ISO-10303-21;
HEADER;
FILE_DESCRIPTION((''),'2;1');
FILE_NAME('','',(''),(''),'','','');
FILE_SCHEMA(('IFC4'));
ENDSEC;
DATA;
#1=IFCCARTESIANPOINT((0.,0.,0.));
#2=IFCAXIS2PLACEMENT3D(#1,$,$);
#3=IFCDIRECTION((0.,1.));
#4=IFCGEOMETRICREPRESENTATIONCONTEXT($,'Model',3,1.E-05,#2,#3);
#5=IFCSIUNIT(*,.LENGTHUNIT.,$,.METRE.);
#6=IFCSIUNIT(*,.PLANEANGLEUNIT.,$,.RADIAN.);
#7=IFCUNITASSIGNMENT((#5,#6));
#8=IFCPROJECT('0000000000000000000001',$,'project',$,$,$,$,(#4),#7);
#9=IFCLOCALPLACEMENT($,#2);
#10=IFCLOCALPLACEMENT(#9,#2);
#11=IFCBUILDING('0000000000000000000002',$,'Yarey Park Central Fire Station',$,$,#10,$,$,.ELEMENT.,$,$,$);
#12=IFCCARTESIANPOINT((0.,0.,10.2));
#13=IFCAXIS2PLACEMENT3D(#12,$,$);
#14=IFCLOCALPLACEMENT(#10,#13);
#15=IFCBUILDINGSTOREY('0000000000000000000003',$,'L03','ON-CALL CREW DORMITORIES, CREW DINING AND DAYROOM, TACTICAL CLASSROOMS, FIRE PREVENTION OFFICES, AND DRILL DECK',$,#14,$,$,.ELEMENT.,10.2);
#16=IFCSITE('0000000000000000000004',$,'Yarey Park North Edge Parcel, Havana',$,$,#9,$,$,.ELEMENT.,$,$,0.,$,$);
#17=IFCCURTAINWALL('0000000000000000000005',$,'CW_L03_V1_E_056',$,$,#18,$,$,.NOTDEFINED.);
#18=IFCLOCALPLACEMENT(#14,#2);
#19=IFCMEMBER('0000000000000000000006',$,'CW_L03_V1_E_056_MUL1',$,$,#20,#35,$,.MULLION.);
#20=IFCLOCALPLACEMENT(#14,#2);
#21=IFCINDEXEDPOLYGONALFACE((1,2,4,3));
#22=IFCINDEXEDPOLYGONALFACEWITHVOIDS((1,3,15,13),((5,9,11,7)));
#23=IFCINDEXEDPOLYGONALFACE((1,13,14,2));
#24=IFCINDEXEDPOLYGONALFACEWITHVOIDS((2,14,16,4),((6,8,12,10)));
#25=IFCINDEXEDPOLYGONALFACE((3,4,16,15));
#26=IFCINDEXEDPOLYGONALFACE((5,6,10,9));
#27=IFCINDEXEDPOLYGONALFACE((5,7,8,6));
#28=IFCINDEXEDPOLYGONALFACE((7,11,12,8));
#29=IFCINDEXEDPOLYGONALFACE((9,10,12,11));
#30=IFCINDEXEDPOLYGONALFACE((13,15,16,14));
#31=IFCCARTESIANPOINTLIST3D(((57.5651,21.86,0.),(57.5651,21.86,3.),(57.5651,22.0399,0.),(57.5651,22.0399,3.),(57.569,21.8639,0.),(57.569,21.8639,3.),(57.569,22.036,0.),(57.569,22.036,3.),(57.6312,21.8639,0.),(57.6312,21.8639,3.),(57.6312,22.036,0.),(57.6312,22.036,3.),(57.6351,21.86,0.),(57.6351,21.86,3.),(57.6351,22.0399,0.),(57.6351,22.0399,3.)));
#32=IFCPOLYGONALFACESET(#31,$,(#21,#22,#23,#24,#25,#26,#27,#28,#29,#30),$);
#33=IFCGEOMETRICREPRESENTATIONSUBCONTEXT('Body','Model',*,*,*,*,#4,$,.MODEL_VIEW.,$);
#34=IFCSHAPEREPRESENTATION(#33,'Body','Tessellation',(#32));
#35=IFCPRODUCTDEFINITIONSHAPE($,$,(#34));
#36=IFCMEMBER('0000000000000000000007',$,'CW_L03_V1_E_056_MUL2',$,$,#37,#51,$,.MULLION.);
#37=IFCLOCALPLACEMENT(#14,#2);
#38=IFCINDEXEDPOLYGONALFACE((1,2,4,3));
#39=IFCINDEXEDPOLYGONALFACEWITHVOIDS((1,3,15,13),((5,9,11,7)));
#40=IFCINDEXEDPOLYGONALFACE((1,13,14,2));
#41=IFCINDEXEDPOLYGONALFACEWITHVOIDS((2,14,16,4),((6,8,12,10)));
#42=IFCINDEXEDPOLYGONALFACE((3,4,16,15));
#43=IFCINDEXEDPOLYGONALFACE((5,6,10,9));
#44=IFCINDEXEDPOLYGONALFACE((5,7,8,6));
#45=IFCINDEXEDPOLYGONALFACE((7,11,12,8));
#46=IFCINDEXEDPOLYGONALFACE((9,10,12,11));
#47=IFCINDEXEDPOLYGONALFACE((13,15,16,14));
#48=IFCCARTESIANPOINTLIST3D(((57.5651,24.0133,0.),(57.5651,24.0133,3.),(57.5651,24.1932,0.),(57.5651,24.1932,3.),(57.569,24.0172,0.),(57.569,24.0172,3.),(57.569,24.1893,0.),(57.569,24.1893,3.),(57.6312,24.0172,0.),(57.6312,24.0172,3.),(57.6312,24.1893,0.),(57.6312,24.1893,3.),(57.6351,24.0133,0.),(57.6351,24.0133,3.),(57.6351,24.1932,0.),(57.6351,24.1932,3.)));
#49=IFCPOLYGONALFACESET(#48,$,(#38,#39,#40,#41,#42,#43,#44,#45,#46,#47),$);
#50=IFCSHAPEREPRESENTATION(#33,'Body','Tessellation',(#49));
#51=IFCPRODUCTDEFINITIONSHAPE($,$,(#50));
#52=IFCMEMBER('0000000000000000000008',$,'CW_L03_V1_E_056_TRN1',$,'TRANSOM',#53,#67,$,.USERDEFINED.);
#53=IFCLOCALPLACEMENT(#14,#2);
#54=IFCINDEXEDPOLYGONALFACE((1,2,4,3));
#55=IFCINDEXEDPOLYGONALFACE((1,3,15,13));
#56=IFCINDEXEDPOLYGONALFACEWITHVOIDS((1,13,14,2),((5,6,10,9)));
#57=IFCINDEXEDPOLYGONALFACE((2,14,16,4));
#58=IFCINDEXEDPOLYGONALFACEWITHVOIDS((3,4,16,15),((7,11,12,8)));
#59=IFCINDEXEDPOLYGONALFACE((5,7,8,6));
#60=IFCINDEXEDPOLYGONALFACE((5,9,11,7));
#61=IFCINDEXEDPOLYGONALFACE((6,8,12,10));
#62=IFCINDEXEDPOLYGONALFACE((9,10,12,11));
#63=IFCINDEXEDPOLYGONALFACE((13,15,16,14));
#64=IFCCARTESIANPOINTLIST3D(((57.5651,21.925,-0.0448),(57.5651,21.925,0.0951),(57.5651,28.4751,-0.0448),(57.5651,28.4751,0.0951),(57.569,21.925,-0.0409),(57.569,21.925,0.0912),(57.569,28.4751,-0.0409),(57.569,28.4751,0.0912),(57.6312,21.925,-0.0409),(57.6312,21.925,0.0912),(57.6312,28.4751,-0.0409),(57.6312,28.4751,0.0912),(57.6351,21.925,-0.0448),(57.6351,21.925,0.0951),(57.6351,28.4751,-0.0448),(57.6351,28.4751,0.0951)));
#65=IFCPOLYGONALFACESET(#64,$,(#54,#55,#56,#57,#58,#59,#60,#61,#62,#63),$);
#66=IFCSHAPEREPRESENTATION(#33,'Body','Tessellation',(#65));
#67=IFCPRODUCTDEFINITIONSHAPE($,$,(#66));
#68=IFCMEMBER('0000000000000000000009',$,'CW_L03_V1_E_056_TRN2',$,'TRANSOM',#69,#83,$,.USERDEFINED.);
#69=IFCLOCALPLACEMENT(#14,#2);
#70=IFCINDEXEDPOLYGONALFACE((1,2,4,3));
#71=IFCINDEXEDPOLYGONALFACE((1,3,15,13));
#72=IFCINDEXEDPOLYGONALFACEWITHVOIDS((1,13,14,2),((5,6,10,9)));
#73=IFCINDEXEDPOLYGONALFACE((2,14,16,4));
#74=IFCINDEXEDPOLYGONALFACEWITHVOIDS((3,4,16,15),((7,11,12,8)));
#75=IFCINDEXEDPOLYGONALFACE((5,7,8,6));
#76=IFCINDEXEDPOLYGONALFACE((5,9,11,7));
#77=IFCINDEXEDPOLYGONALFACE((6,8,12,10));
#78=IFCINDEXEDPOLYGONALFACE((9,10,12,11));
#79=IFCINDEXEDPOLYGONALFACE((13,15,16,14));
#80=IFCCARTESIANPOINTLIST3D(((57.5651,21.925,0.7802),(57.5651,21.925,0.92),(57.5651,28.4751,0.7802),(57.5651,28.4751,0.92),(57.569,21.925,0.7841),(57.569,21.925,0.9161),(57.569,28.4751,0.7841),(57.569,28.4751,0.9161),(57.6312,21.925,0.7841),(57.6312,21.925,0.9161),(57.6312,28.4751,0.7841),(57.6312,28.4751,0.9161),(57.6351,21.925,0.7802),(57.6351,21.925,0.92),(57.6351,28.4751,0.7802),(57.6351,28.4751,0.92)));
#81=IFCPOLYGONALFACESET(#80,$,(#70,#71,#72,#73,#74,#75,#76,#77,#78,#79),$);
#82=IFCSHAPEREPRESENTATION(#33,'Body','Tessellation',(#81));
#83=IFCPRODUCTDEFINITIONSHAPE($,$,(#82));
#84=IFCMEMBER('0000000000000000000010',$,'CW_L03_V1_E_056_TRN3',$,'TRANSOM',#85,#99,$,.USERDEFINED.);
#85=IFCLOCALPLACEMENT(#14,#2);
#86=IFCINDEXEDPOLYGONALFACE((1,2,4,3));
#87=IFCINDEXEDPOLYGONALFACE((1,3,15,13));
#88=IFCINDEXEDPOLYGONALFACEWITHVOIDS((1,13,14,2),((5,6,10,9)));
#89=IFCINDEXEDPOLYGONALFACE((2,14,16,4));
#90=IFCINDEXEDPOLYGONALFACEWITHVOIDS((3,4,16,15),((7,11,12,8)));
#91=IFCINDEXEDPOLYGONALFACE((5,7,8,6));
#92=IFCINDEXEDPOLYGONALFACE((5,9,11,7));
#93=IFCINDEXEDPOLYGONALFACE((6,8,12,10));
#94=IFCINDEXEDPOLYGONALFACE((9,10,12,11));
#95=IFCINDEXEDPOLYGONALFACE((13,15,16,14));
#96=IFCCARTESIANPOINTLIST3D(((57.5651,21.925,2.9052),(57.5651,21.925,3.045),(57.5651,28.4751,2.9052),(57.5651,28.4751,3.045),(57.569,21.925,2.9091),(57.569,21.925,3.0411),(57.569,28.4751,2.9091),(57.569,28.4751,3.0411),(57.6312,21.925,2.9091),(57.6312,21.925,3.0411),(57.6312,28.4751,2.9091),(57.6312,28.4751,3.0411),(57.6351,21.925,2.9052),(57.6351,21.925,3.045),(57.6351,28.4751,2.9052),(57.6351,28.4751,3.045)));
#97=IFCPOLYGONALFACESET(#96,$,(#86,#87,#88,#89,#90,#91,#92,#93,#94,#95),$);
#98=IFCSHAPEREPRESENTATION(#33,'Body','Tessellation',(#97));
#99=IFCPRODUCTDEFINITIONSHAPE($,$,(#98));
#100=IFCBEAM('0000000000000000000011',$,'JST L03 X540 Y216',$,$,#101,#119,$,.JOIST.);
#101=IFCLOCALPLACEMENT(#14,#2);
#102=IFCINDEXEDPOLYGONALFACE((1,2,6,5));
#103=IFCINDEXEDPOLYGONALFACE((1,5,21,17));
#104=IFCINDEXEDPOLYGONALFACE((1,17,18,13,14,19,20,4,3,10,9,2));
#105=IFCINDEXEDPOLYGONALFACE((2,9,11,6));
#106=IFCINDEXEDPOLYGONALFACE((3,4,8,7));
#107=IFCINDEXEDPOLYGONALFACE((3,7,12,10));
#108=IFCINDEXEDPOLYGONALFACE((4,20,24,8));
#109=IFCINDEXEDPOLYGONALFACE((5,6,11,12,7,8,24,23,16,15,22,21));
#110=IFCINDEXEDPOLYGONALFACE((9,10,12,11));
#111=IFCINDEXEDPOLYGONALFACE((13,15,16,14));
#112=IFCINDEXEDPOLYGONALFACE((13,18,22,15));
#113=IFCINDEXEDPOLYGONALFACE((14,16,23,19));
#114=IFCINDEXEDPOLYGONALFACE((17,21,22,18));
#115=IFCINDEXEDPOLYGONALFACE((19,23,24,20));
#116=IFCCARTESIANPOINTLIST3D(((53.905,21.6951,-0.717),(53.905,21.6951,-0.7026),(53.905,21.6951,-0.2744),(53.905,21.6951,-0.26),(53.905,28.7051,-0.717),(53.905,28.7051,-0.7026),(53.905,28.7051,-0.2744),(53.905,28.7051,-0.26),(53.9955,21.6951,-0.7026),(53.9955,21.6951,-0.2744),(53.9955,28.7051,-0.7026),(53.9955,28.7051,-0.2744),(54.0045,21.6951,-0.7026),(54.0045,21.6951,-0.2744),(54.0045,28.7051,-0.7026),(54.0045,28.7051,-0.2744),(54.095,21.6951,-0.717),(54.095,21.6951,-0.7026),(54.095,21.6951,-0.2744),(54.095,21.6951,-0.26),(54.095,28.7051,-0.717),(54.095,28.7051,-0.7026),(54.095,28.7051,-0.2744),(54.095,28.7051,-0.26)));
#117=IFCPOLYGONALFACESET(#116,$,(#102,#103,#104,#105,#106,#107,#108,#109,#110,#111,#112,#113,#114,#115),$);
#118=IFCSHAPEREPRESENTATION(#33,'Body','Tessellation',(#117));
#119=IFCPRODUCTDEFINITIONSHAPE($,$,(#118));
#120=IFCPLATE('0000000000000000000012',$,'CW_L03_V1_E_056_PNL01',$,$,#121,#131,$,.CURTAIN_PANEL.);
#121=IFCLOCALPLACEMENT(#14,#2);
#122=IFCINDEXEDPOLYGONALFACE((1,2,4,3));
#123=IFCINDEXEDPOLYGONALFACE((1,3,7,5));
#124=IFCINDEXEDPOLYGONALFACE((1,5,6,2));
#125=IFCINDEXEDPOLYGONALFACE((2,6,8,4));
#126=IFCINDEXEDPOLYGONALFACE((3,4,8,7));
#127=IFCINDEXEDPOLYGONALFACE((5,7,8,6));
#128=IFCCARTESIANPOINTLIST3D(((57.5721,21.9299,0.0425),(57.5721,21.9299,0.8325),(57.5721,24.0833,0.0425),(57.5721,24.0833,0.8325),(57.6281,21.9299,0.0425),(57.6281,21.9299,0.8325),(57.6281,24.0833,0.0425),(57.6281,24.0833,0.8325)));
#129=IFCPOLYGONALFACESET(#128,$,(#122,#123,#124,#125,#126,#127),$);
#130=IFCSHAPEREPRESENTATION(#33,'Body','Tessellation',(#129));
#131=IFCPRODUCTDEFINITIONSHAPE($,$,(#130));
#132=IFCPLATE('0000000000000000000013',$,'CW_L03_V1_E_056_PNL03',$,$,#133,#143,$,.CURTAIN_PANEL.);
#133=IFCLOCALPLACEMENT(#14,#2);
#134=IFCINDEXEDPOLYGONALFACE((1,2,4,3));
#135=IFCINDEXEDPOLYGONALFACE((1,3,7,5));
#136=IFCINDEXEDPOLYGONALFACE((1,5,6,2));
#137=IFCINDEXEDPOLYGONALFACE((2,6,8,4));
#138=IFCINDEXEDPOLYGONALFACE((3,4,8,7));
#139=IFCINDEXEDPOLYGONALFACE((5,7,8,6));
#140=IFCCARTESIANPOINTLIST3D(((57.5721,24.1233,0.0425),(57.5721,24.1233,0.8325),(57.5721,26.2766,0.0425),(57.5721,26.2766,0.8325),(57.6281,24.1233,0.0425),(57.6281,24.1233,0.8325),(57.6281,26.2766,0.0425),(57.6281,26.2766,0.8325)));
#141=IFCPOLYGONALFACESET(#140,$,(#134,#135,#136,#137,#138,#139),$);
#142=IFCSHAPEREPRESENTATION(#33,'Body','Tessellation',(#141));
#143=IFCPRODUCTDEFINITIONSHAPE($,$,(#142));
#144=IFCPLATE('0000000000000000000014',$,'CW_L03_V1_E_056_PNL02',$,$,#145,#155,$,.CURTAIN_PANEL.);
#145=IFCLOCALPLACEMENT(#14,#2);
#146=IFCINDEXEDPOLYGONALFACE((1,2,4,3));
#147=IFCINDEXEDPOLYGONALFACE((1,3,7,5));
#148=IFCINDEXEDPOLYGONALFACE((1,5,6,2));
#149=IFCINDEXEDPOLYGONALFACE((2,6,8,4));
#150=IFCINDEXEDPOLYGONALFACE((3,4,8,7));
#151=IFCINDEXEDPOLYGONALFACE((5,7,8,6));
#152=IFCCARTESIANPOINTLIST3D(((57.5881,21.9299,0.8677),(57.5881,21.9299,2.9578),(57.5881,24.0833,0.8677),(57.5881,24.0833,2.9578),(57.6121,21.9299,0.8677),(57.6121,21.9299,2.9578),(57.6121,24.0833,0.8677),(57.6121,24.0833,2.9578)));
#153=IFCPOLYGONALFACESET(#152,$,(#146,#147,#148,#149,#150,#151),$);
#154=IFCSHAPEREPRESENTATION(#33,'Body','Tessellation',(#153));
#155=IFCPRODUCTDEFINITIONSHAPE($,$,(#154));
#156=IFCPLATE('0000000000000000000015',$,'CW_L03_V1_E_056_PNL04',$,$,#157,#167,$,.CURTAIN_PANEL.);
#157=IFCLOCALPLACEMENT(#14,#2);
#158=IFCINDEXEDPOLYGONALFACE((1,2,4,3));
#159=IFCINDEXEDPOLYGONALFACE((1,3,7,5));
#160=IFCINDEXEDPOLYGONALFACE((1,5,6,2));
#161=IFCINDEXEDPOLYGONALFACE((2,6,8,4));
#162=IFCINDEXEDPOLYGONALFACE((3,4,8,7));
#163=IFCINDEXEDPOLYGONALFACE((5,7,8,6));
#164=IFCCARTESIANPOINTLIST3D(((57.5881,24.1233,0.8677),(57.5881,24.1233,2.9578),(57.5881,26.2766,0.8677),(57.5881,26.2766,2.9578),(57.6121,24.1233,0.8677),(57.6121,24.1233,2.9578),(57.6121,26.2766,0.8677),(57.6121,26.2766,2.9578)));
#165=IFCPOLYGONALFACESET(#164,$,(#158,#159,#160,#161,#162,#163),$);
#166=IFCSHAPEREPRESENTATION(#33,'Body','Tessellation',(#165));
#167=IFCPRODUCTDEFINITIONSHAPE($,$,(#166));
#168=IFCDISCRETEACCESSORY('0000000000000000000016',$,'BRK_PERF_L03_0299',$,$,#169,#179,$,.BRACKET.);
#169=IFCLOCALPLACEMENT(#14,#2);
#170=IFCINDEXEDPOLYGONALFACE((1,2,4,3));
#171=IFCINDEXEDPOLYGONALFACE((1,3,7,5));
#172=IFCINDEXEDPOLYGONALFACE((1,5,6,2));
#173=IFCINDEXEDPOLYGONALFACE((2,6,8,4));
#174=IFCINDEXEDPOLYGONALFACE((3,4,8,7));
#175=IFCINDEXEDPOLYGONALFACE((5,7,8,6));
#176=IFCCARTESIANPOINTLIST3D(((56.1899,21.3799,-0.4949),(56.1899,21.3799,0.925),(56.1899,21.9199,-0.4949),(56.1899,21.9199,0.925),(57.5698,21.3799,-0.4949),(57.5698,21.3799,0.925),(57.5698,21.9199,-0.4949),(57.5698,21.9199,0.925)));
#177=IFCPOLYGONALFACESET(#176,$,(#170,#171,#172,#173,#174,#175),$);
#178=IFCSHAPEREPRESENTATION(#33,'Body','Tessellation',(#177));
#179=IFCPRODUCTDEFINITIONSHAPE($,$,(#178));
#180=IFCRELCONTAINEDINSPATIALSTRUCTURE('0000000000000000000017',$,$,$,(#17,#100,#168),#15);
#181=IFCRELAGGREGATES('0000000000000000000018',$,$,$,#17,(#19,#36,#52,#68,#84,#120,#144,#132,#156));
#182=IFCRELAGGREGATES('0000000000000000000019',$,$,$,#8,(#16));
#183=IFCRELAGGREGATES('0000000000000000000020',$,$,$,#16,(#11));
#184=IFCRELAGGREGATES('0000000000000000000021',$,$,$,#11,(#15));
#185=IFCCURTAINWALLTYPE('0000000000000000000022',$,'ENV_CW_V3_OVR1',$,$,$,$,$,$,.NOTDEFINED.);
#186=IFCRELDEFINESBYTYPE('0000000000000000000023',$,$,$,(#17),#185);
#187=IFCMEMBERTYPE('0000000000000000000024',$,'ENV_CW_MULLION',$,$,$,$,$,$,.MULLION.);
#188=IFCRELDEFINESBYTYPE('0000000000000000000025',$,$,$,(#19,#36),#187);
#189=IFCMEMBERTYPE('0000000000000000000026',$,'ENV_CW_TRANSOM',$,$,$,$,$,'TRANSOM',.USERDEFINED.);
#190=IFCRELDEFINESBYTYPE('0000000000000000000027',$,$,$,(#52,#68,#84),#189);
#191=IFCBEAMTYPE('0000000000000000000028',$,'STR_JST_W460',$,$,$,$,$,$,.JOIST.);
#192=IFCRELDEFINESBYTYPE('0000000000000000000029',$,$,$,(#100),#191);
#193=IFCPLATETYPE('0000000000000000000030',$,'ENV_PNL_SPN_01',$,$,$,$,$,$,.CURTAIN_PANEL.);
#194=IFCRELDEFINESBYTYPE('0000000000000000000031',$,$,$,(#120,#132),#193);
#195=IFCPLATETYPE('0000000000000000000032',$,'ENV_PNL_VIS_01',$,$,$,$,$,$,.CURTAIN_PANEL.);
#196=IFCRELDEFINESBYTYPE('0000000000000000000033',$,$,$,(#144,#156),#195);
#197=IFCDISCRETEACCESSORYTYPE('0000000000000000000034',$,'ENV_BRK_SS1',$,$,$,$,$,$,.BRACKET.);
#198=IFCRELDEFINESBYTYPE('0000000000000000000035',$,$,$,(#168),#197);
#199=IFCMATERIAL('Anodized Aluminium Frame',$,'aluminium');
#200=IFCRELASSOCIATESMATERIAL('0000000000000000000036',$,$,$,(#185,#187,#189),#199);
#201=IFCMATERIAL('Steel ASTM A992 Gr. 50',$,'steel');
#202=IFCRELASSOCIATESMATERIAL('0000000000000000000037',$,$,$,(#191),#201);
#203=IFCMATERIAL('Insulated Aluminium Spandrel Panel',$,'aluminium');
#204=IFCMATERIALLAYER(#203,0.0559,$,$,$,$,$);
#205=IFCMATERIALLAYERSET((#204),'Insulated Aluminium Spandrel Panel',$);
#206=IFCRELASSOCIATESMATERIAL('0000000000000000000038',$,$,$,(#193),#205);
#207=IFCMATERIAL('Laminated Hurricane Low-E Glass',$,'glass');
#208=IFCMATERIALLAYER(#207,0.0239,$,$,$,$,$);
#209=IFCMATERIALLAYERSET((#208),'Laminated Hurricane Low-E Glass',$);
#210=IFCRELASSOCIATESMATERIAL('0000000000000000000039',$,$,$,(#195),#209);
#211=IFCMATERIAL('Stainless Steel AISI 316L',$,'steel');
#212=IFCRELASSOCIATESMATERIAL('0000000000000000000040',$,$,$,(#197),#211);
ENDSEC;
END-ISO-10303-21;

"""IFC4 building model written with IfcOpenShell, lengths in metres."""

from ifc_helpers import new_model, si_unit, direction, frame, origin, origin_2d, place, context, subcontext, project, spatial, rectangle, hollow_rectangle, i_section, extrude, material, layer, layer_set, material_profile, profile_set, type_object, element, aggregate, save


model = new_model("IFC4")

# Units and contexts
model_context = context("Model", 3, precision=1e-05, world=origin(), true_north=direction((0.0, 1.0)))
body_context = subcontext(model_context, "Body", "Model", "MODEL_VIEW")
ifc_project = project(units=[si_unit("LENGTHUNIT", "METRE"), si_unit("PLANEANGLEUNIT", "RADIAN")], contexts=[model_context])

# Site, building, storey
site_placement = place(None, origin())
site = spatial("IfcSite", under=ifc_project, at=site_placement, Name="Yarey Park North Edge Parcel, Havana", CompositionType="ELEMENT", RefElevation=0.0)
building_placement = place(site_placement, origin())
building = spatial("IfcBuilding", under=site, at=building_placement, Name="Yarey Park Central Fire Station", CompositionType="ELEMENT")
storey_placement = place(building_placement, frame((0.0, 0.0, 10.2)))
storey = spatial("IfcBuildingStorey", under=building, at=storey_placement, Name="L03", Description="ON-CALL CREW DORMITORIES, CREW DINING AND DAYROOM, TACTICAL CLASSROOMS, FIRE PREVENTION OFFICES, AND DRILL DECK", CompositionType="ELEMENT", Elevation=10.2)

# Curtain wall, members
ifc_material_1 = material(Name="Anodized Aluminium Frame", Category="aluminium")
curtain_wall_type = type_object("IfcCurtainWallType", Name="ENV_CW_V3_OVR1", PredefinedType="NOTDEFINED", material=ifc_material_1)
curtain_wall_placement = place(storey_placement, origin())
curtain_wall = element("IfcCurtainWall", 1, at=curtain_wall_placement, inside=storey, type_object=curtain_wall_type, Name="CW_L03_V1_E_056", PredefinedType="NOTDEFINED")
ifc_material_profile_1 = material_profile(ifc_material_1, hollow_rectangle(XDim=0.0701, YDim=0.1799, WallThickness=0.0039, at=origin_2d()), Name="ALU 180x70x4")
ifc_profile_set_1 = profile_set([ifc_material_profile_1], Name="Anodized Aluminium Frame")
member_type_1 = type_object("IfcMemberType", Name="ENV_CW_MULLION", PredefinedType="MULLION", material=ifc_profile_set_1)
member_1_placement = place(storey_placement, frame((57.6001, 21.95, 0.0), z_axis=(0.0, 0.0, 1.0), x_axis=(1.0, 0.0, 0.0)))
member_1 = element("IfcMember", 2, at=member_1_placement, type_object=member_type_1, Name="CW_L03_V1_E_056_MUL1", PredefinedType="MULLION", context=body_context, shape_type="SweptSolid", body=[
    extrude(hollow_rectangle(XDim=0.0701, YDim=0.1799, WallThickness=0.0039, at=origin_2d()), origin(), (0.0, 0.0, 1.0), 3.0),
])
member_2_placement = place(storey_placement, frame((57.6001, 24.1033, 0.0), z_axis=(0.0, 0.0, 1.0), x_axis=(1.0, 0.0, 0.0)))
member_2 = element("IfcMember", 3, at=member_2_placement, type_object=member_type_1, Name="CW_L03_V1_E_056_MUL2", PredefinedType="MULLION", context=body_context, shape_type="SweptSolid", body=[
    extrude(hollow_rectangle(XDim=0.0701, YDim=0.1799, WallThickness=0.0039, at=origin_2d()), origin(), (0.0, 0.0, 1.0), 3.0),
])
ifc_material_profile_2 = material_profile(ifc_material_1, hollow_rectangle(XDim=0.0701, YDim=0.1399, WallThickness=0.0039, at=origin_2d()), Name="ALU 140x70x4")
ifc_profile_set_2 = profile_set([ifc_material_profile_2], Name="Anodized Aluminium Frame")
member_type_2 = type_object("IfcMemberType", Name="ENV_CW_TRANSOM", ElementType="TRANSOM", PredefinedType="USERDEFINED", material=ifc_profile_set_2)
member_3_placement = place(storey_placement, frame((57.6001, 21.925, 0.0251), z_axis=(0.0, 1.0, 0.0), x_axis=(-1.0, 0.0, 0.0)))
member_3 = element("IfcMember", 4, at=member_3_placement, type_object=member_type_2, Name="CW_L03_V1_E_056_TRN1", ObjectType="TRANSOM", PredefinedType="USERDEFINED", context=body_context, shape_type="SweptSolid", body=[
    extrude(hollow_rectangle(XDim=0.0701, YDim=0.1399, WallThickness=0.0039, at=origin_2d()), origin(), (0.0, 0.0, 1.0), 6.55),
])
member_4_placement = place(storey_placement, frame((57.6001, 21.925, 0.8501), z_axis=(0.0, 1.0, 0.0), x_axis=(-1.0, 0.0, 0.0)))
member_4 = element("IfcMember", 5, at=member_4_placement, type_object=member_type_2, Name="CW_L03_V1_E_056_TRN2", ObjectType="TRANSOM", PredefinedType="USERDEFINED", context=body_context, shape_type="SweptSolid", body=[
    extrude(hollow_rectangle(XDim=0.0701, YDim=0.1399, WallThickness=0.0039, at=origin_2d()), origin(), (0.0, 0.0, 1.0), 6.55),
])
member_5_placement = place(storey_placement, frame((57.6001, 21.925, 2.9751), z_axis=(0.0, 1.0, 0.0), x_axis=(-1.0, 0.0, 0.0)))
member_5 = element("IfcMember", 6, at=member_5_placement, type_object=member_type_2, Name="CW_L03_V1_E_056_TRN3", ObjectType="TRANSOM", PredefinedType="USERDEFINED", context=body_context, shape_type="SweptSolid", body=[
    extrude(hollow_rectangle(XDim=0.0701, YDim=0.1399, WallThickness=0.0039, at=origin_2d()), origin(), (0.0, 0.0, 1.0), 6.55),
])

# Beam
ifc_material_2 = material(Name="Steel ASTM A992 Gr. 50", Category="steel")
ifc_material_profile_3 = material_profile(ifc_material_2, i_section(OverallWidth=0.1899, OverallDepth=0.457, WebThickness=0.009, FlangeThickness=0.0144, at=origin_2d()), Name="W460x74")
ifc_profile_set_3 = profile_set([ifc_material_profile_3], Name="Steel ASTM A992 Gr. 50")
beam_type = type_object("IfcBeamType", Name="STR_JST_W460", PredefinedType="JOIST", material=ifc_profile_set_3)
beam_placement = place(storey_placement, frame((54.0, 21.6951, -0.4885), z_axis=(0.0, 1.0, 0.0), x_axis=(-1.0, 0.0, 0.0)))
element("IfcBeam", 7, at=beam_placement, inside=storey, type_object=beam_type, Name="JST L03 X540 Y216", PredefinedType="JOIST", context=body_context, shape_type="SweptSolid", body=[
    extrude(i_section(OverallWidth=0.1899, OverallDepth=0.457, WebThickness=0.009, FlangeThickness=0.0144, at=origin_2d()), origin(), (0.0, 0.0, 1.0), 7.01),
])

# Plates
ifc_material_3 = material(Name="Insulated Aluminium Spandrel Panel", Category="aluminium")
ifc_layer_1 = layer(ifc_material_3, 0.0559)
ifc_layer_set_1 = layer_set([ifc_layer_1], Name="Insulated Aluminium Spandrel Panel")
plate_type_1 = type_object("IfcPlateType", Name="ENV_PNL_SPN_01", PredefinedType="CURTAIN_PANEL", material=ifc_layer_set_1)
plate_1_placement = place(storey_placement, frame((57.6001, 23.0066, 0.0425), z_axis=(0.0, 0.0, 1.0), x_axis=(0.0, 1.0, 0.0)))
plate_1 = element("IfcPlate", 8, at=plate_1_placement, type_object=plate_type_1, Name="CW_L03_V1_E_056_PNL01", PredefinedType="CURTAIN_PANEL", context=body_context, shape_type="SweptSolid", body=[
    extrude(rectangle(XDim=2.1533, YDim=0.0559, at=origin_2d()), origin(), (0.0, 0.0, 1.0), 0.79),
])
plate_2_placement = place(storey_placement, frame((57.6001, 25.2, 0.0425), z_axis=(0.0, 0.0, 1.0), x_axis=(0.0, 1.0, 0.0)))
plate_2 = element("IfcPlate", 9, at=plate_2_placement, type_object=plate_type_1, Name="CW_L03_V1_E_056_PNL03", PredefinedType="CURTAIN_PANEL", context=body_context, shape_type="SweptSolid", body=[
    extrude(rectangle(XDim=2.1533, YDim=0.0559, at=origin_2d()), origin(), (0.0, 0.0, 1.0), 0.79),
])
ifc_material_4 = material(Name="Laminated Hurricane Low-E Glass", Category="glass")
ifc_layer_2 = layer(ifc_material_4, 0.0239)
ifc_layer_set_2 = layer_set([ifc_layer_2], Name="Laminated Hurricane Low-E Glass")
plate_type_2 = type_object("IfcPlateType", Name="ENV_PNL_VIS_01", PredefinedType="CURTAIN_PANEL", material=ifc_layer_set_2)
plate_3_placement = place(storey_placement, frame((57.6001, 23.0066, 0.8677), z_axis=(0.0, 0.0, 1.0), x_axis=(0.0, 1.0, 0.0)))
plate_3 = element("IfcPlate", 10, at=plate_3_placement, type_object=plate_type_2, Name="CW_L03_V1_E_056_PNL02", PredefinedType="CURTAIN_PANEL", context=body_context, shape_type="SweptSolid", body=[
    extrude(rectangle(XDim=2.1533, YDim=0.0239, at=origin_2d()), origin(), (0.0, 0.0, 1.0), 2.0901),
])
plate_4_placement = place(storey_placement, frame((57.6001, 25.2, 0.8677), z_axis=(0.0, 0.0, 1.0), x_axis=(0.0, 1.0, 0.0)))
plate_4 = element("IfcPlate", 11, at=plate_4_placement, type_object=plate_type_2, Name="CW_L03_V1_E_056_PNL04", PredefinedType="CURTAIN_PANEL", context=body_context, shape_type="SweptSolid", body=[
    extrude(rectangle(XDim=2.1533, YDim=0.0239, at=origin_2d()), origin(), (0.0, 0.0, 1.0), 2.0901),
])
aggregate(curtain_wall, [member_1, member_2, member_3, member_4, member_5, plate_1, plate_3, plate_2, plate_4])

# Discrete accessory
ifc_material_5 = material(Name="Stainless Steel AISI 316L", Category="steel")
discrete_accessory_type = type_object("IfcDiscreteAccessoryType", Name="ENV_BRK_SS1", PredefinedType="BRACKET", material=ifc_material_5)
discrete_accessory_1_placement = place(storey_placement, frame((56.8799, 21.6499, -0.4949), z_axis=(0.0, 0.0, 1.0), x_axis=(1.0, 0.0, 0.0)))
element("IfcDiscreteAccessory", 12, at=discrete_accessory_1_placement, inside=storey, type_object=discrete_accessory_type, Name="BRK_PERF_L03_0299", PredefinedType="BRACKET", context=body_context, shape_type="SweptSolid", body=[
    extrude(rectangle(XDim=1.3799, YDim=0.54, at=origin_2d()), origin(), (0.0, 0.0, 1.0), 1.4199),
])

save(model, "model.ifc")
